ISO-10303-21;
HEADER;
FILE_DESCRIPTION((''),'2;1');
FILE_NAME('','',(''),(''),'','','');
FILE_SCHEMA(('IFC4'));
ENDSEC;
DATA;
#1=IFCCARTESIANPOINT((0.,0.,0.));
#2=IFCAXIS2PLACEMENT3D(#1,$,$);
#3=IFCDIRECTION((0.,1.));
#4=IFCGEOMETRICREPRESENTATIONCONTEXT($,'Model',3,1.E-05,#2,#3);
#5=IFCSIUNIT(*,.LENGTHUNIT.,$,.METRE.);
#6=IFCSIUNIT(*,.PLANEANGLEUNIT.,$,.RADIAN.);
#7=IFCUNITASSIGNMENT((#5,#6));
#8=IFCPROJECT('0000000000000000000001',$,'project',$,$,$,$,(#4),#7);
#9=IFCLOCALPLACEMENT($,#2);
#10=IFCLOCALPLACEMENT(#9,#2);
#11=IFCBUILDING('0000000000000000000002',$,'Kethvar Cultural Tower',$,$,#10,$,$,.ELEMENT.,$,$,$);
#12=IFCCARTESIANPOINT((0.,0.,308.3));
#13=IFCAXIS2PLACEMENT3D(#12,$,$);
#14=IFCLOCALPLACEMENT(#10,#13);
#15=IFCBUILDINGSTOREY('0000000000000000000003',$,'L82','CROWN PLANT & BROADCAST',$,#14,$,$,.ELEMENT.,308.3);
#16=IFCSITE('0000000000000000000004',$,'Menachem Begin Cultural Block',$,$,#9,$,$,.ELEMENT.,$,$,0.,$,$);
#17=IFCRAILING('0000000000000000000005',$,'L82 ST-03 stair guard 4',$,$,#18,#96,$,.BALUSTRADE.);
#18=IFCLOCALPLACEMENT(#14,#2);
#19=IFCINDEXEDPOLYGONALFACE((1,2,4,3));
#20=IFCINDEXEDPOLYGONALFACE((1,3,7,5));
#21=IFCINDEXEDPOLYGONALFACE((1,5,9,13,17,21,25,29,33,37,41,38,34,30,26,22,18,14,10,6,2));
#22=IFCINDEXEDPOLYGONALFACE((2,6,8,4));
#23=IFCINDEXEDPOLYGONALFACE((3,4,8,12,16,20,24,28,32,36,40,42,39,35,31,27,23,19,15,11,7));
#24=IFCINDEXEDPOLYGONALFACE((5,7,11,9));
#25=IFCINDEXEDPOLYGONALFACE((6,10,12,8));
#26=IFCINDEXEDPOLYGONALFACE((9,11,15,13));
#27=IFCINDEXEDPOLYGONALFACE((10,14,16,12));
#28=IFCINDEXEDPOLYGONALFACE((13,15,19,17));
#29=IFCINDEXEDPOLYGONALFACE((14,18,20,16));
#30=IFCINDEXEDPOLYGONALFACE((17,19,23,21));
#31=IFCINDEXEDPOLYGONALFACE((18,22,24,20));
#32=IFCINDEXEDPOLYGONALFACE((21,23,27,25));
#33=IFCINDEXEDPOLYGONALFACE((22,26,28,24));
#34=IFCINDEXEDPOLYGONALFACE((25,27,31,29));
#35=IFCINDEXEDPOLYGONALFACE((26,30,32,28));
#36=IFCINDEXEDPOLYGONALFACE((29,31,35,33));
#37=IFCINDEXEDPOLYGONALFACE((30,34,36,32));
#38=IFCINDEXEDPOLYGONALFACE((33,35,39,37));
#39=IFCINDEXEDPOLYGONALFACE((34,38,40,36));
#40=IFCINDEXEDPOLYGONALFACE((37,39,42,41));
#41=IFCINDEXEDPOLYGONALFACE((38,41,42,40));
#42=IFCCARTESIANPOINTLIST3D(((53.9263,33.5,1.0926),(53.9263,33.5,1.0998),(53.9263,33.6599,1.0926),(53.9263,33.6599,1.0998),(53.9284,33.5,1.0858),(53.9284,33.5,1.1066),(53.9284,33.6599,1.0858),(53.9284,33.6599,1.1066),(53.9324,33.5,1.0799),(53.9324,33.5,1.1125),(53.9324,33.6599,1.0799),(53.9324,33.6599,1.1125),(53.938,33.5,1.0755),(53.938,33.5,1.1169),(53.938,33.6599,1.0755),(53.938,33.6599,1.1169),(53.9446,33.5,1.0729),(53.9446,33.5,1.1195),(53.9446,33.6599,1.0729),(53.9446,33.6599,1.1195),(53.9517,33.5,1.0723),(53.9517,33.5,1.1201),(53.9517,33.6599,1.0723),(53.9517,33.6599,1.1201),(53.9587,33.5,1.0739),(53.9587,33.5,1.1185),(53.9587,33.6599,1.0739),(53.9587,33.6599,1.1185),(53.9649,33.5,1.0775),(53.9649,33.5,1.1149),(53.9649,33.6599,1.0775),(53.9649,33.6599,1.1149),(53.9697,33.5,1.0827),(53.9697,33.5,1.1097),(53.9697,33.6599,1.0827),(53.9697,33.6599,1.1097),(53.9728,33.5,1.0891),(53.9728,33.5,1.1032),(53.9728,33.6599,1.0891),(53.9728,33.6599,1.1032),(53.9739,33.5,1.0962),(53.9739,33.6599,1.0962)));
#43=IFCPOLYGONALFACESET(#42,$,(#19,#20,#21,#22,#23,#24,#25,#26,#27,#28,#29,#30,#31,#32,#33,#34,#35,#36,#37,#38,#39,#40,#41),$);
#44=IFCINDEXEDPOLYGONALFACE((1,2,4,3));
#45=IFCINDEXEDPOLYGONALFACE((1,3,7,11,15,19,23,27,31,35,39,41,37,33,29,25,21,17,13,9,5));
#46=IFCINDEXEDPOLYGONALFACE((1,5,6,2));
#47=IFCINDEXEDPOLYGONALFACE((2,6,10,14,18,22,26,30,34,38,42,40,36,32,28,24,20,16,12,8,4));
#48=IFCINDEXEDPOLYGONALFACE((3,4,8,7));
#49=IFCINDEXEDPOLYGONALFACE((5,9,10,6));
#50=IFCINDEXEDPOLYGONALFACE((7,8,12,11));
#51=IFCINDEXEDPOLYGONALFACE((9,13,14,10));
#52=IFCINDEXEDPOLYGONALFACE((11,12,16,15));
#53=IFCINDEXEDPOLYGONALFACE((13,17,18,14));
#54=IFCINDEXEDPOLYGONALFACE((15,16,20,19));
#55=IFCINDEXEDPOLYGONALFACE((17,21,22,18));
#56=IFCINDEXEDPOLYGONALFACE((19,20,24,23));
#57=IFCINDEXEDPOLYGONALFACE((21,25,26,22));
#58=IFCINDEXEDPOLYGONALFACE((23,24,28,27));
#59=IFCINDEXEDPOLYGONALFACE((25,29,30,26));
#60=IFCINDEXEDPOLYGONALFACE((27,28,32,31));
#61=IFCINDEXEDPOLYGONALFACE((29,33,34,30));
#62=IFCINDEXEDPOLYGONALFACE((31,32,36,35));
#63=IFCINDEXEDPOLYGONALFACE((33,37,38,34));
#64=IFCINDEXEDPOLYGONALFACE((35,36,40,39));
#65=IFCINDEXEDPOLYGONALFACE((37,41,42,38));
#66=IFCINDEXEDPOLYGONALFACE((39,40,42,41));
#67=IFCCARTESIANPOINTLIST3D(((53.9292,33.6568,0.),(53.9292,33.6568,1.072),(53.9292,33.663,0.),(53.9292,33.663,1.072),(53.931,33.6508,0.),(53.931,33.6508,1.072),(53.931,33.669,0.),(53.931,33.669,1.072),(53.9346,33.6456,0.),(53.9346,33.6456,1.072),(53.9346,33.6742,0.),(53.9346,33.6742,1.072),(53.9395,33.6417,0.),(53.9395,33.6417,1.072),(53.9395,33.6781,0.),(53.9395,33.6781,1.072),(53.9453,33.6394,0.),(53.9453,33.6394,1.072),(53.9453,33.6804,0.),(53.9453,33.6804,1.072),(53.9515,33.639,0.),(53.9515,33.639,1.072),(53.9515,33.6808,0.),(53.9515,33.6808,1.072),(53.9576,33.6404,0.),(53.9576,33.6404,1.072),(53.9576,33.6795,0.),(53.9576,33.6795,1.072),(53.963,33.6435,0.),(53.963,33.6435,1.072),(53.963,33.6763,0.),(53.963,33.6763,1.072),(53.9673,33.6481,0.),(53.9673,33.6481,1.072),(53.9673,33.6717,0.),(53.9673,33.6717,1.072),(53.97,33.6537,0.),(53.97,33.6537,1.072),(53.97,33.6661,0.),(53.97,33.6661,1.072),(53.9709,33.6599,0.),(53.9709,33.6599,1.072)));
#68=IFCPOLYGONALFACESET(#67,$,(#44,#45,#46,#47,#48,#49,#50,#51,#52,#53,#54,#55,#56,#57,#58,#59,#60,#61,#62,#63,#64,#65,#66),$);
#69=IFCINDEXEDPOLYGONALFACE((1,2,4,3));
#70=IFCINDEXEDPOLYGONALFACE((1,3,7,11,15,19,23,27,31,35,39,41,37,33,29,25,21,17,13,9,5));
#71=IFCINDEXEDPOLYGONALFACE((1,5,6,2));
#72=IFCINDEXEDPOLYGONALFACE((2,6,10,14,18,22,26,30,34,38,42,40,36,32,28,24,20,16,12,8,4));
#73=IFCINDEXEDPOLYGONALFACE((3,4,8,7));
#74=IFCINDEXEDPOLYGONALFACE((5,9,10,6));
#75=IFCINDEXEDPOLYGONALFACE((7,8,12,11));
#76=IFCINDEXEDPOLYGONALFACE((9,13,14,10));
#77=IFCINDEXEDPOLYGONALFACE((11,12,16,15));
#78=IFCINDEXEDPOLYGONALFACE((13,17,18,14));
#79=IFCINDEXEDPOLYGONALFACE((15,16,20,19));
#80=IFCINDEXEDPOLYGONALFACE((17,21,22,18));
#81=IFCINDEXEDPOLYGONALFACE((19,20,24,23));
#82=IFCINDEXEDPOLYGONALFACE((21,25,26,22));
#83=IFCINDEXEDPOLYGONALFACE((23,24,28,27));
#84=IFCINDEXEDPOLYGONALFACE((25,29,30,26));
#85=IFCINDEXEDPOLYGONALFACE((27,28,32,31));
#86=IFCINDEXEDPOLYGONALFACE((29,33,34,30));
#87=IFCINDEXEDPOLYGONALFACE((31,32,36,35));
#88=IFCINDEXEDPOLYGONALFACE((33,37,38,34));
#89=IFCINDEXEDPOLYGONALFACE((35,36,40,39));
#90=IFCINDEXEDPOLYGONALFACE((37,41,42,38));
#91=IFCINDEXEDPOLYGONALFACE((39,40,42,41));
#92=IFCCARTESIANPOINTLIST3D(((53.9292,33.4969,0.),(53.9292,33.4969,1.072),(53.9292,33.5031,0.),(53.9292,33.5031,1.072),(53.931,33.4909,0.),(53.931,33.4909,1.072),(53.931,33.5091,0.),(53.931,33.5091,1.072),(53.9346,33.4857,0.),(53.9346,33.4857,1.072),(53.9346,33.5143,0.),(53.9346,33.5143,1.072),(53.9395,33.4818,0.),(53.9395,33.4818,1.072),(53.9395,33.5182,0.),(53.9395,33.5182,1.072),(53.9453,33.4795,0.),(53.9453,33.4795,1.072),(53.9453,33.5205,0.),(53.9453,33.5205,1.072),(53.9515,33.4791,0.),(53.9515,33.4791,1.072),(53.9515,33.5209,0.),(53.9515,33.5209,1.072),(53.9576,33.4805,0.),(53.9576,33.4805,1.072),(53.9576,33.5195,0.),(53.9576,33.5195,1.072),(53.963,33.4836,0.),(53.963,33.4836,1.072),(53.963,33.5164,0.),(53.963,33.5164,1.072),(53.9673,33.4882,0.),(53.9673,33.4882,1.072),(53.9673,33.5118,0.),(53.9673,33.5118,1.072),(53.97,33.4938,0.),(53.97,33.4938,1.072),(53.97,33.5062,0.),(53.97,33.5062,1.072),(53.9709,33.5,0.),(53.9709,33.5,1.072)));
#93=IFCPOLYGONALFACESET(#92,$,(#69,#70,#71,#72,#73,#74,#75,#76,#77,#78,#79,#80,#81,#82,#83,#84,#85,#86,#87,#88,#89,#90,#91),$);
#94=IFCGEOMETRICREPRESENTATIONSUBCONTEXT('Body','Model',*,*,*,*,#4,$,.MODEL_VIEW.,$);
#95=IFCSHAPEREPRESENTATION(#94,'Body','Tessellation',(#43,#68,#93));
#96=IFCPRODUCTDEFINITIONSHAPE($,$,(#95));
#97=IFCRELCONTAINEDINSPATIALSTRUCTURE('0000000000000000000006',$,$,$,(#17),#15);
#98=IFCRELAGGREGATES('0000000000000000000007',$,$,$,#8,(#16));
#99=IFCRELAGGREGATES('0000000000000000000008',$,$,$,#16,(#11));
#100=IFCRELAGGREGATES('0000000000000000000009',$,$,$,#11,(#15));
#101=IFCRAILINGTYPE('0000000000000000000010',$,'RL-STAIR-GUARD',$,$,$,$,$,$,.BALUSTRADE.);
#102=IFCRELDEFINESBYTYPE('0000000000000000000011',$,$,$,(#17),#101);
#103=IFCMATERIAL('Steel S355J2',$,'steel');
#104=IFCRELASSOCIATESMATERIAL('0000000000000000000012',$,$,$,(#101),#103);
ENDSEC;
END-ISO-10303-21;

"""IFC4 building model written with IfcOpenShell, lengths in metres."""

from ifc_helpers import new_model, si_unit, direction, frame, origin, origin_2d, place, context, subcontext, project, spatial, circle, extrude, material, type_object, element, save


model = new_model("IFC4")

# Units and contexts
model_context = context("Model", 3, precision=1e-05, world=origin(), true_north=direction((0.0, 1.0)))
body_context = subcontext(model_context, "Body", "Model", "MODEL_VIEW")
ifc_project = project(units=[si_unit("LENGTHUNIT", "METRE"), si_unit("PLANEANGLEUNIT", "RADIAN")], contexts=[model_context])

# Site, building, storey
site_placement = place(None, origin())
site = spatial("IfcSite", under=ifc_project, at=site_placement, Name="Menachem Begin Cultural Block", CompositionType="ELEMENT", RefElevation=0.0)
building_placement = place(site_placement, origin())
building = spatial("IfcBuilding", under=site, at=building_placement, Name="Kethvar Cultural Tower", CompositionType="ELEMENT")
storey_placement = place(building_placement, frame((0.0, 0.0, 308.3)))
storey = spatial("IfcBuildingStorey", under=building, at=storey_placement, Name="L82", Description="CROWN PLANT & BROADCAST", CompositionType="ELEMENT", Elevation=308.3)

# Shared definitions
ifc_material_1 = material(Name="Steel S355J2", Category="steel")

# Railing
railing_type_1 = type_object("IfcRailingType", Name="RL-STAIR-GUARD", PredefinedType="BALUSTRADE", material=ifc_material_1)
railing_1_placement = place(storey_placement, frame((53.95, 33.6599, 0.0)))
element("IfcRailing", 1, at=railing_1_placement, inside=storey, type_object=railing_type_1, Name="L82 ST-03 stair guard 4", PredefinedType="BALUSTRADE", context=body_context, shape_type="SweptSolid", body=[
    extrude(circle(Radius=0.0239, at=origin_2d()), frame((0.0, 0.0, 1.0962), z_axis=(0.0, -1.0, 0.0), x_axis=(1.0, 0.0, 0.0)), (0.0, 0.0, 1.0), 0.1599),
    extrude(circle(Radius=0.021, at=origin_2d()), origin(), (0.0, 0.0, 1.0), 1.072),
    extrude(circle(Radius=0.021, at=origin_2d()), frame((0.0, -0.1599, 0.0)), (0.0, 0.0, 1.0), 1.072),
])

save(model, "model.ifc")
